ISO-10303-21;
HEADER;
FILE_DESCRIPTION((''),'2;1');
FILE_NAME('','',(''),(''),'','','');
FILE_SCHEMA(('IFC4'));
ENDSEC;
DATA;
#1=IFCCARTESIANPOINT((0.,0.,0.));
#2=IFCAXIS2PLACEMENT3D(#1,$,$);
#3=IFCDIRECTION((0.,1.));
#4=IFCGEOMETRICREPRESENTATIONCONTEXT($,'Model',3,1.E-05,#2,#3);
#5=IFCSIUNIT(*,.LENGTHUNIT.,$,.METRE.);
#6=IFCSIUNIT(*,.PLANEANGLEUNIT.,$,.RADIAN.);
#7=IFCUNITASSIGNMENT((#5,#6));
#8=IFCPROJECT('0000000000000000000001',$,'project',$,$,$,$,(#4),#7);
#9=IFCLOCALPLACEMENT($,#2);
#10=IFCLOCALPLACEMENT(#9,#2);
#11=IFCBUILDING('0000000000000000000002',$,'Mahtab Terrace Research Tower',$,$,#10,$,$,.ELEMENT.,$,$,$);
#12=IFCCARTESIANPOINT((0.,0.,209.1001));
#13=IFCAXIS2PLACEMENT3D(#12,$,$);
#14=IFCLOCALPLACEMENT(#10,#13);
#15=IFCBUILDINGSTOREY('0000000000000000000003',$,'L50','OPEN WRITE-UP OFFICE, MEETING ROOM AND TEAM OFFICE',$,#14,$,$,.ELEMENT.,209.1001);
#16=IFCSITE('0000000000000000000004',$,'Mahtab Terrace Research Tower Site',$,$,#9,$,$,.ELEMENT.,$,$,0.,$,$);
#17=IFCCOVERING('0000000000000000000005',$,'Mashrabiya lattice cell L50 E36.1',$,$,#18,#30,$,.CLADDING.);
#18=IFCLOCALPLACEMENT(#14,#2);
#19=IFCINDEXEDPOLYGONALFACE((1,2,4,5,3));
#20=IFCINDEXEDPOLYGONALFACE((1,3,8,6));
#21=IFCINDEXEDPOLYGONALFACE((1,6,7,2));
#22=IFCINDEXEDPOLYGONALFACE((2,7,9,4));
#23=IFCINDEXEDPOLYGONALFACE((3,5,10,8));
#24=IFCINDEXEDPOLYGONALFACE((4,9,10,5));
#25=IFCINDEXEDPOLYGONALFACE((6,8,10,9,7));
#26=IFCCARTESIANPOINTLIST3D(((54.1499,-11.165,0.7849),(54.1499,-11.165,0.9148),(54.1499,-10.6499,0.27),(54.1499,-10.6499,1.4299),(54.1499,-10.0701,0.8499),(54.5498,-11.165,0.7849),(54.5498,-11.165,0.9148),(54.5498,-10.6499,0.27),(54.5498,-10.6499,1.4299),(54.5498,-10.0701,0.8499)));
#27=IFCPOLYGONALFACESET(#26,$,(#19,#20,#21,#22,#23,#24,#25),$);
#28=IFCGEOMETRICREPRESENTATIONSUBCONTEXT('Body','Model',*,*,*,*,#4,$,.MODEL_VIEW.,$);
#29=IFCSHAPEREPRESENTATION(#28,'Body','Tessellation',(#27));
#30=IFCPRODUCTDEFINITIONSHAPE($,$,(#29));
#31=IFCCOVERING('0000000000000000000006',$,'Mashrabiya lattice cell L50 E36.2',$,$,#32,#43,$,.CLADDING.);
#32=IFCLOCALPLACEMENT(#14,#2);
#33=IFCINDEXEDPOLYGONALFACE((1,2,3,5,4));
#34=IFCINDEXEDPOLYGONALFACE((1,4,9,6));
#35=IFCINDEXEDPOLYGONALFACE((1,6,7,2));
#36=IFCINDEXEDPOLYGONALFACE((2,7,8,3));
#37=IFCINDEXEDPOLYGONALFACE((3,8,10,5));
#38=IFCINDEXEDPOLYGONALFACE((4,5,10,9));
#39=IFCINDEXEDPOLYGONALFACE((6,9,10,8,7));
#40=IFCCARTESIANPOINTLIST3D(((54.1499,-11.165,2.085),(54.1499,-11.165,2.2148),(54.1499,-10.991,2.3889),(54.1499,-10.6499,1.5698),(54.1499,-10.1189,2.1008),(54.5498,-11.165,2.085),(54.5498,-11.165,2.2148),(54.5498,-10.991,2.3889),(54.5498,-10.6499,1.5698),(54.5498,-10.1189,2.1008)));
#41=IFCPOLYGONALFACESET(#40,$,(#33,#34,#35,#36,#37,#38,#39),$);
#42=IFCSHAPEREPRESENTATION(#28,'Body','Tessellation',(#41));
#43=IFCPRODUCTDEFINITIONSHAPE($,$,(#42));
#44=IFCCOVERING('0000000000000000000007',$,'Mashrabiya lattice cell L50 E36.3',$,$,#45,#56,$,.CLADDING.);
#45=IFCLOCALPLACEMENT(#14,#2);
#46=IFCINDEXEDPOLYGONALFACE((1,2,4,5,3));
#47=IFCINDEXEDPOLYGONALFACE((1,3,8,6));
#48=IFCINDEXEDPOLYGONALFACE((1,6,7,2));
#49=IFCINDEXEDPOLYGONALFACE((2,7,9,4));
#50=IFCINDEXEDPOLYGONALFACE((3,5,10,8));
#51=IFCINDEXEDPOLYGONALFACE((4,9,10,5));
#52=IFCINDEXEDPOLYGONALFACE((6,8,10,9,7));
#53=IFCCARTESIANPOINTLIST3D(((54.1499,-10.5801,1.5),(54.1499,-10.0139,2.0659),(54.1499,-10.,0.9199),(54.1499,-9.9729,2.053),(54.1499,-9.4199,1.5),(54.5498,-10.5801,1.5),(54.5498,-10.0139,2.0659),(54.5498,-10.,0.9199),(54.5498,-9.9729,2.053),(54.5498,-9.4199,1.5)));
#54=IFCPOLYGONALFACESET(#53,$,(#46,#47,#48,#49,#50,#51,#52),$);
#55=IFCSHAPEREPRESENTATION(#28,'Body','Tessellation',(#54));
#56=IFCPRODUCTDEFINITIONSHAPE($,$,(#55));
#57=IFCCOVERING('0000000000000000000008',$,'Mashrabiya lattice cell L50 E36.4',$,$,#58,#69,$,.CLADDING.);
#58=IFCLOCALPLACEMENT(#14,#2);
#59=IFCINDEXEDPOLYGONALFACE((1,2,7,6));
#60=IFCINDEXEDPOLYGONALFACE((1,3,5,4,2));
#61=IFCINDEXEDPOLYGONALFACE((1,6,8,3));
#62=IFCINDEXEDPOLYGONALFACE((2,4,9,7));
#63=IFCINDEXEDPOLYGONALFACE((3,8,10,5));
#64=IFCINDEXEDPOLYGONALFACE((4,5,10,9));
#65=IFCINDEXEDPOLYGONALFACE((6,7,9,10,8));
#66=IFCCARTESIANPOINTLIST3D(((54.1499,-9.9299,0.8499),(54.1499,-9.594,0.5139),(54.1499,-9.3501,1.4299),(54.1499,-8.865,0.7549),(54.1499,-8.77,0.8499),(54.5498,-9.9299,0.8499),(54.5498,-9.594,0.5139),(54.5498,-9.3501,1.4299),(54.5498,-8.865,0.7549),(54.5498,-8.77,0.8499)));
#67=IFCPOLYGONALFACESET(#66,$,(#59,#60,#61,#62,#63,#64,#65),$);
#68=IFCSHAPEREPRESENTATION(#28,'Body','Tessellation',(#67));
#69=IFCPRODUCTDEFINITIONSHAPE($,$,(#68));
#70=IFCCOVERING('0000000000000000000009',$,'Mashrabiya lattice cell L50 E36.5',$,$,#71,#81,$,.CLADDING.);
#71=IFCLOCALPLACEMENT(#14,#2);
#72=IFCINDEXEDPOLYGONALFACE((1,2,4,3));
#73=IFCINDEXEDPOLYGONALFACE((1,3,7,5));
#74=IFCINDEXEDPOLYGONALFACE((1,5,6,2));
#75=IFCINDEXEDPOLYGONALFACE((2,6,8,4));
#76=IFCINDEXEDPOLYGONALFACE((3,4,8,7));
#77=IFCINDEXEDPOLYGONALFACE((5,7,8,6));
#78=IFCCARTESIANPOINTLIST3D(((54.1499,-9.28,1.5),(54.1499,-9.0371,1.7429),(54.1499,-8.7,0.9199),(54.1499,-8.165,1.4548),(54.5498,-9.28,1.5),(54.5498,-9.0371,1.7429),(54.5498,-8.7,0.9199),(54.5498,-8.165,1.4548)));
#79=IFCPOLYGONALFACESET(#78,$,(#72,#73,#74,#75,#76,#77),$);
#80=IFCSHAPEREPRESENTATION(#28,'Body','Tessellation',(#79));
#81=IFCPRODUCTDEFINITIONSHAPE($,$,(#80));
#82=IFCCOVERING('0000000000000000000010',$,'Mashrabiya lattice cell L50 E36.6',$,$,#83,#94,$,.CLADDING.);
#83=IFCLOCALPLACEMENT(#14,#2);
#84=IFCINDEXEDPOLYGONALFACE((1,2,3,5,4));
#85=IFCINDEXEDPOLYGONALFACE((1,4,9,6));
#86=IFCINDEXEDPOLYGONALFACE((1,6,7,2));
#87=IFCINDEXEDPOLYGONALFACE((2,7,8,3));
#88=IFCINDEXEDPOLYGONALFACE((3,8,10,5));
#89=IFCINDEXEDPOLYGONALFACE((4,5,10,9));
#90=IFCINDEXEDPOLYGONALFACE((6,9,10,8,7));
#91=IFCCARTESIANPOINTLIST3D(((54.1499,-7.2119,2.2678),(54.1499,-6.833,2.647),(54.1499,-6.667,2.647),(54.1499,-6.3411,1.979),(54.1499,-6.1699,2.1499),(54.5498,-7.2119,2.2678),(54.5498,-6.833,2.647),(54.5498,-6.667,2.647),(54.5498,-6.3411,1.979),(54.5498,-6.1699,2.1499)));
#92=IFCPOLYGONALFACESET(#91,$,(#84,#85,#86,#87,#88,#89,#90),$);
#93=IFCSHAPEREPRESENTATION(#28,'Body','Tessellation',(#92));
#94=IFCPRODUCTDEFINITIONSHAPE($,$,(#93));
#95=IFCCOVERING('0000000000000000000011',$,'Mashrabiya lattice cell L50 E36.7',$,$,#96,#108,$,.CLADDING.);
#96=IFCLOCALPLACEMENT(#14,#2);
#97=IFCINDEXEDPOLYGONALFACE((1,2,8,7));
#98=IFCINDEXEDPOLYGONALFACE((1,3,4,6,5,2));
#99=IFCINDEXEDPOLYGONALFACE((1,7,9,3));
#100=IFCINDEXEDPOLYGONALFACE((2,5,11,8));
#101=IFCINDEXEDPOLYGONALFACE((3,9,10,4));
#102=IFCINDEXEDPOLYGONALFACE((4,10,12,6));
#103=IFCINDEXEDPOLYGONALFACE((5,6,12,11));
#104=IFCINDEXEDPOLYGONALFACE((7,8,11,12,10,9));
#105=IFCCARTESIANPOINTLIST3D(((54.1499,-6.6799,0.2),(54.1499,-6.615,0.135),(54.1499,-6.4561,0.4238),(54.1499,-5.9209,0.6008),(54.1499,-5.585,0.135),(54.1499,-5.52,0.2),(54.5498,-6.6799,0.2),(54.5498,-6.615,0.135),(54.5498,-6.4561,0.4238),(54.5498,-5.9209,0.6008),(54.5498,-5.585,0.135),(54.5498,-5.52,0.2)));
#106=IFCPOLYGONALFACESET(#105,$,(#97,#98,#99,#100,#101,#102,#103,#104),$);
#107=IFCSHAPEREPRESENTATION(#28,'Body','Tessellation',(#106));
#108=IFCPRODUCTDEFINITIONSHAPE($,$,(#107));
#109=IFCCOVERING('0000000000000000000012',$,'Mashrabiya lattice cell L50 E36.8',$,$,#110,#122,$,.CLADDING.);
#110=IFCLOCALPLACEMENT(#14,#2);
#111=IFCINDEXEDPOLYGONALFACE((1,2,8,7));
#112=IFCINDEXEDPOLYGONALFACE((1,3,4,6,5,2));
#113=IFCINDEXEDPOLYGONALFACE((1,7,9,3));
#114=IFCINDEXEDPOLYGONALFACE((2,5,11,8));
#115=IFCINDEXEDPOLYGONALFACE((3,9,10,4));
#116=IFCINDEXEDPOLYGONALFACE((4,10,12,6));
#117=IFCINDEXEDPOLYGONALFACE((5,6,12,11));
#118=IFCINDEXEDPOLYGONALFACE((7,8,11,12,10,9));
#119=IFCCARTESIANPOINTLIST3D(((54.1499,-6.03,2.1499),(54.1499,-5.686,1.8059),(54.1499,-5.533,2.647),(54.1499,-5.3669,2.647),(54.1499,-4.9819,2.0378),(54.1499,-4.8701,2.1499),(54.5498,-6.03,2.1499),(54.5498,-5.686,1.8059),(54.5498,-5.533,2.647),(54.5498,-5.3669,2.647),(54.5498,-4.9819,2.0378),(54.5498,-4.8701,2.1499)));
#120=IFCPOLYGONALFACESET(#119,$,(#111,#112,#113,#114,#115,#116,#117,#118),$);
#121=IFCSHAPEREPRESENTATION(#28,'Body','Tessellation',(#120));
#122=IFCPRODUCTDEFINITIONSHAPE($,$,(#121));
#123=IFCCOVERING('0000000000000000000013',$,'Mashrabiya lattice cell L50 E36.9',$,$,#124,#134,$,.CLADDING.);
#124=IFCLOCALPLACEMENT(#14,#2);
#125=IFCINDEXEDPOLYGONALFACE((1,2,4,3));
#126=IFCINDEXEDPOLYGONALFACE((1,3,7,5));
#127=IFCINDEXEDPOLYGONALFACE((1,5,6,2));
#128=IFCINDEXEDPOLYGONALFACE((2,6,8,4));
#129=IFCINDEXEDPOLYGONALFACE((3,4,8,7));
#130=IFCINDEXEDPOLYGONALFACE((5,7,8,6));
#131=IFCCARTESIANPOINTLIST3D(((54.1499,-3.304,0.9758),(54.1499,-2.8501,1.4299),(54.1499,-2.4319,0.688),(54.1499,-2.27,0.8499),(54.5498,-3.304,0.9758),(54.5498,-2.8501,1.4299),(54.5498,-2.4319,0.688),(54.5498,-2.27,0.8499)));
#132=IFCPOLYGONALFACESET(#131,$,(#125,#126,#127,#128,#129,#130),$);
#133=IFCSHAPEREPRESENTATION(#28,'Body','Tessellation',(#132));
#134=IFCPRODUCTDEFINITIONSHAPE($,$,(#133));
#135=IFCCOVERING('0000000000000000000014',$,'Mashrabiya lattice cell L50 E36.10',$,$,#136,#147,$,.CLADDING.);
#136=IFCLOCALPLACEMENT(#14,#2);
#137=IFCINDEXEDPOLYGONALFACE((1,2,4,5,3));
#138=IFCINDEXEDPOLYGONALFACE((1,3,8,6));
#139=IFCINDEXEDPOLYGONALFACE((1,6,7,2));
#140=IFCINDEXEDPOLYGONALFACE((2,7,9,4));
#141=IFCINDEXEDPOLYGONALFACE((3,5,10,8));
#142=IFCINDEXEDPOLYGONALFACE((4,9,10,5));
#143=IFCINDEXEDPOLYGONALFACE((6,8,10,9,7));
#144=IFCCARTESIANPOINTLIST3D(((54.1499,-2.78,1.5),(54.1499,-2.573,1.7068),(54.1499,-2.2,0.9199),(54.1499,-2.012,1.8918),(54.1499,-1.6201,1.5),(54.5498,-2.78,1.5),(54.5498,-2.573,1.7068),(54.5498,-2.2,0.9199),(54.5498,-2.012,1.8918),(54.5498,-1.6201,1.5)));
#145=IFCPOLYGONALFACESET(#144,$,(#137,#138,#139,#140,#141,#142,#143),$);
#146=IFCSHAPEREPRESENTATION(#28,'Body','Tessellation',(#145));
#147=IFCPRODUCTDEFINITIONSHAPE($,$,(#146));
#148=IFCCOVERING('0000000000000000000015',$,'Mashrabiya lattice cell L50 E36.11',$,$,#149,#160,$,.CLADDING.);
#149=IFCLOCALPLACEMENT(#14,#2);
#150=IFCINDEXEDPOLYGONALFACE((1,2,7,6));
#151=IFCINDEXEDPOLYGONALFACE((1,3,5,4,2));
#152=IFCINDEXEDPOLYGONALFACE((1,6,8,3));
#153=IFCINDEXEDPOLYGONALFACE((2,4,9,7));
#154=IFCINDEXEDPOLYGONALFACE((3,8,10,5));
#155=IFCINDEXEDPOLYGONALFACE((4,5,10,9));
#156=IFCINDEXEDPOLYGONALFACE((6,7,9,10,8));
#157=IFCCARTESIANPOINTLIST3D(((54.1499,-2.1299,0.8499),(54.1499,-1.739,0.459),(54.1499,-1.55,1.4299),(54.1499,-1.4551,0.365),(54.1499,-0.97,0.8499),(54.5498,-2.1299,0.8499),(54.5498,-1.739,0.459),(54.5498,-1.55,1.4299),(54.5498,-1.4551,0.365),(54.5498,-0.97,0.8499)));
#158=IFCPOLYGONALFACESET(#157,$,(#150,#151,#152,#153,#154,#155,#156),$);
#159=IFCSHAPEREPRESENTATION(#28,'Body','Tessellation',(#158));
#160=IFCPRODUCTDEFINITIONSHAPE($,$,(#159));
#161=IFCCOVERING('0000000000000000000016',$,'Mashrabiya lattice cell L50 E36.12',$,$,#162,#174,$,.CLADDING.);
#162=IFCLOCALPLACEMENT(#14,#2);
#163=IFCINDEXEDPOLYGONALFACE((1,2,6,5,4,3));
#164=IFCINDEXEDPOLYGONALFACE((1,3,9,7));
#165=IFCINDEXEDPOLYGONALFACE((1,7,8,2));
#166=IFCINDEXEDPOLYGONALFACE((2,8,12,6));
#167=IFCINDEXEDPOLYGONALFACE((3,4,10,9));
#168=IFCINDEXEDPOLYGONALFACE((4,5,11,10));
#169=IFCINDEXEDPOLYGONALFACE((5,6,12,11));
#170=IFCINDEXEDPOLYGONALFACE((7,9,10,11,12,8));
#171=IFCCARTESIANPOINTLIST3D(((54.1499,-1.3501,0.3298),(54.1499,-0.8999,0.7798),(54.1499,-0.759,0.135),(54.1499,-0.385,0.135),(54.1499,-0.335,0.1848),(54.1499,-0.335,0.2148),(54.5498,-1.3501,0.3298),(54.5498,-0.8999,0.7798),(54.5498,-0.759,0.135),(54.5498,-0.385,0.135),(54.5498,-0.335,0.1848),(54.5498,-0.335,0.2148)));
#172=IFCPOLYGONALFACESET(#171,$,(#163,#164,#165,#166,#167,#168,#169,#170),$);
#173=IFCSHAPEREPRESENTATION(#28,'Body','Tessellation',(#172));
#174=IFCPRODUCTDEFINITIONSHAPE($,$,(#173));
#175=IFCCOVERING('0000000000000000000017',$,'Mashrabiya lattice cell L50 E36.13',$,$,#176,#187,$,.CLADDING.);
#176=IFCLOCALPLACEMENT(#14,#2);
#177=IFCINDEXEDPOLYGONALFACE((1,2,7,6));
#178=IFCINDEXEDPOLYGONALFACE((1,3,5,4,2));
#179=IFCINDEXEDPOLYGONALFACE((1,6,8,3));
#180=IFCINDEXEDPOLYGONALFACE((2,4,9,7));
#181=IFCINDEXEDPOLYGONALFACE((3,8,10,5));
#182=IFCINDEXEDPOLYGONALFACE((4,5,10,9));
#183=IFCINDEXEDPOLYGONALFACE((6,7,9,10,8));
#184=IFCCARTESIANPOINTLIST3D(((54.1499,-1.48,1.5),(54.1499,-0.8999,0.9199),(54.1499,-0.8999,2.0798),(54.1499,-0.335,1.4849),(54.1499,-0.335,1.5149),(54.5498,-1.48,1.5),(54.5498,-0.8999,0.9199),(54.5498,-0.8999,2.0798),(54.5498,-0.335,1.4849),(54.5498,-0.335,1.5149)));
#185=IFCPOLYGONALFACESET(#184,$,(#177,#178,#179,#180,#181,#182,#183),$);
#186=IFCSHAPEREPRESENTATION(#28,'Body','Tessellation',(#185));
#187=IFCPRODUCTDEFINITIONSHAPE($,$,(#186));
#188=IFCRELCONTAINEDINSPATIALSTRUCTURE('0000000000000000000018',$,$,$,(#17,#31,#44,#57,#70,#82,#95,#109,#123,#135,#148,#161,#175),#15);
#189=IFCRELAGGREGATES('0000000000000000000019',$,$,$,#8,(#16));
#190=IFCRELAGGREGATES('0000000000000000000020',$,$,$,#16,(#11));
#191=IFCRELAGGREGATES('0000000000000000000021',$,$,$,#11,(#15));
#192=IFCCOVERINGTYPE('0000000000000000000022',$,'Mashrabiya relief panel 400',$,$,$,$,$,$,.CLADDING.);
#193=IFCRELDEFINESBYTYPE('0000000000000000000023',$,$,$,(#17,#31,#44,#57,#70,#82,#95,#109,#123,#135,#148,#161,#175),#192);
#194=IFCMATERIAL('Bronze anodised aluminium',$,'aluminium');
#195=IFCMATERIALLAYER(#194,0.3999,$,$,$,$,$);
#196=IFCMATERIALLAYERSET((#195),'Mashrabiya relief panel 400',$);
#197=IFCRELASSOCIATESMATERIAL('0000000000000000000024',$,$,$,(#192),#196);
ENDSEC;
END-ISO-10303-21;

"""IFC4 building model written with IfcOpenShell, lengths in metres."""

from ifc_helpers import new_model, si_unit, direction, frame, origin, place, context, subcontext, project, spatial, polyline, outline, extrude, material, layer, layer_set, type_object, element, save


model = new_model("IFC4")

# Units and contexts
model_context = context("Model", 3, precision=1e-05, world=origin(), true_north=direction((0.0, 1.0)))
body_context = subcontext(model_context, "Body", "Model", "MODEL_VIEW")
ifc_project = project(units=[si_unit("LENGTHUNIT", "METRE"), si_unit("PLANEANGLEUNIT", "RADIAN")], contexts=[model_context])

# Site, building, storey
site_placement = place(None, origin())
site = spatial("IfcSite", under=ifc_project, at=site_placement, Name="Mahtab Terrace Research Tower Site", CompositionType="ELEMENT", RefElevation=0.0)
building_placement = place(site_placement, origin())
building = spatial("IfcBuilding", under=site, at=building_placement, Name="Mahtab Terrace Research Tower", CompositionType="ELEMENT")
storey_placement = place(building_placement, frame((0.0, 0.0, 209.1001)))
storey = spatial("IfcBuildingStorey", under=building, at=storey_placement, Name="L50", Description="OPEN WRITE-UP OFFICE, MEETING ROOM AND TEAM OFFICE", CompositionType="ELEMENT", Elevation=209.1001)

# Coverings
ifc_material_1 = material(Name="Bronze anodised aluminium", Category="aluminium")
ifc_layer_1 = layer(ifc_material_1, 0.3999)
ifc_layer_set_1 = layer_set([ifc_layer_1], Name="Mashrabiya relief panel 400")
covering_type_1 = type_object("IfcCoveringType", Name="Mashrabiya relief panel 400", PredefinedType="CLADDING", material=ifc_layer_set_1)
covering_1_placement = place(storey_placement, frame((54.1499, -10.6499, 1.4299), z_axis=(-1.0, 0.0, 0.0), x_axis=(0.0, 0.706958, -0.707256)))
element("IfcCovering", 1, at=covering_1_placement, inside=storey, type_object=covering_type_1, Name="Mashrabiya lattice cell L50 E36.1", PredefinedType="CLADDING", context=body_context, shape_type="SweptSolid", body=[
    extrude(outline(polyline([(0.0, 0.0), (0.8202, 0.0), (0.8204, 0.82), (0.092, 0.8203), (0.0002, 0.7285), (0.0, 0.0)])), origin(), (0.0, 0.0, -1.0), 0.3999),
])
covering_2_placement = place(storey_placement, frame((54.1499, -10.6499, 1.5698), z_axis=(-1.0, 0.0, 0.0), x_axis=(0.0, -0.707107, 0.707107)))
element("IfcCovering", 2, at=covering_2_placement, inside=storey, type_object=covering_type_1, Name="Mashrabiya lattice cell L50 E36.2", PredefinedType="CLADDING", context=body_context, shape_type="SweptSolid", body=[
    extrude(outline(polyline([(0.0, 0.0), (0.7285, 0.0), (0.8204, 0.0918), (0.8204, 0.338), (0.0, 0.751), (0.0, 0.0)])), origin(), (0.0, 0.0, -1.0), 0.3999),
])
covering_3_placement = place(storey_placement, frame((54.1499, -9.4199, 1.5), z_axis=(-1.0, 0.0, 0.0), x_axis=(0.0, -0.707107, -0.707107)))
element("IfcCovering", 3, at=covering_3_placement, inside=storey, type_object=covering_type_1, Name="Mashrabiya lattice cell L50 E36.3", PredefinedType="CLADDING", context=body_context, shape_type="SweptSolid", body=[
    extrude(outline(polyline([(0.0, 0.0), (0.8204, 0.0), (0.8204, 0.8204), (0.0199, 0.8202), (0.0, 0.782), (0.0, 0.0)])), origin(), (0.0, 0.0, -1.0), 0.3999),
])
covering_4_placement = place(storey_placement, frame((54.1499, -9.9299, 0.8499), z_axis=(-1.0, 0.0, 0.0), x_axis=(0.0, 0.706958, 0.707256)))
element("IfcCovering", 4, at=covering_4_placement, inside=storey, type_object=covering_type_1, Name="Mashrabiya lattice cell L50 E36.4", PredefinedType="CLADDING", context=body_context, shape_type="SweptSolid", body=[
    extrude(outline(polyline([(0.0, 0.0), (0.8202, 0.0), (0.82, 0.8204), (0.6857, 0.8203), (-0.0001, 0.4751), (0.0, 0.0)])), origin(), (0.0, 0.0, -1.0), 0.3999),
])
covering_5_placement = place(storey_placement, frame((54.1499, -8.7, 0.9199), z_axis=(-1.0, 0.0, 0.0), x_axis=(0.0, -0.707107, 0.707107)))
element("IfcCovering", 5, at=covering_5_placement, inside=storey, type_object=covering_type_1, Name="Mashrabiya lattice cell L50 E36.5", PredefinedType="CLADDING", context=body_context, shape_type="SweptSolid", body=[
    extrude(outline(polyline([(0.0, 0.0), (0.8204, 0.0), (0.8204, 0.3435), (0.0, 0.7565), (0.0, 0.0)])), origin(), (0.0, 0.0, -1.0), 0.3999),
])
covering_6_placement = place(storey_placement, frame((54.1499, -6.1699, 2.1499), z_axis=(-1.0, 0.0, 0.0), x_axis=(0.0, -0.707611, -0.706602)))
element("IfcCovering", 6, at=covering_6_placement, inside=storey, type_object=covering_type_1, Name="Mashrabiya lattice cell L50 E36.6", PredefinedType="CLADDING", context=body_context, shape_type="SweptSolid", body=[
    extrude(outline(polyline([(0.0, 0.0), (0.2419, 0.0), (0.654, 0.8197), (0.118, 0.8203), (0.0005, 0.703), (0.0, 0.0)])), origin(), (0.0, 0.0, -1.0), 0.3999),
])
covering_7_placement = place(storey_placement, frame((54.1499, -6.6799, 0.2), z_axis=(-1.0, 0.0, 0.0), x_axis=(0.0, 0.707107, 0.707107)))
element("IfcCovering", 7, at=covering_7_placement, inside=storey, type_object=covering_type_1, Name="Mashrabiya lattice cell L50 E36.7", PredefinedType="CLADDING", context=body_context, shape_type="SweptSolid", body=[
    extrude(outline(polyline([(0.0, 0.0), (0.3166, 0.0), (0.8202, 0.2533), (0.8202, 0.8202), (0.7283, 0.8202), (0.0, 0.0918), (0.0, 0.0)])), origin(), (0.0, 0.0, -1.0), 0.3999),
])
covering_8_placement = place(storey_placement, frame((54.1499, -6.03, 2.1499), z_axis=(-1.0, 0.0, 0.0), x_axis=(0.0, 0.707107, 0.707107)))
element("IfcCovering", 8, at=covering_8_placement, inside=storey, type_object=covering_type_1, Name="Mashrabiya lattice cell L50 E36.8", PredefinedType="CLADDING", context=body_context, shape_type="SweptSolid", body=[
    extrude(outline(polyline([(0.0, 0.0), (0.703, 0.0), (0.8204, 0.1174), (0.8202, 0.8202), (0.6619, 0.8204), (0.0, 0.4865), (0.0, 0.0)])), origin(), (0.0, 0.0, -1.0), 0.3999),
])
covering_9_placement = place(storey_placement, frame((54.1499, -2.8501, 1.4299), z_axis=(-1.0, 0.0, 0.0), x_axis=(0.0, 0.707107, -0.707107)))
element("IfcCovering", 9, at=covering_9_placement, inside=storey, type_object=covering_type_1, Name="Mashrabiya lattice cell L50 E36.9", PredefinedType="CLADDING", context=body_context, shape_type="SweptSolid", body=[
    extrude(outline(polyline([(0.0, 0.0), (0.8204, 0.0), (0.8204, 0.2289), (0.0002, 0.642), (0.0, 0.0)])), origin(), (0.0, 0.0, -1.0), 0.3999),
])
covering_10_placement = place(storey_placement, frame((54.1499, -1.6201, 1.5), z_axis=(-1.0, 0.0, 0.0), x_axis=(0.0, -0.706958, -0.707256)))
element("IfcCovering", 10, at=covering_10_placement, inside=storey, type_object=covering_type_1, Name="Mashrabiya lattice cell L50 E36.10", PredefinedType="CLADDING", context=body_context, shape_type="SweptSolid", body=[
    extrude(outline(polyline([(0.0, 0.0), (0.8202, 0.0), (0.82, 0.8204), (0.5274, 0.8201), (-0.0001, 0.5542), (0.0, 0.0)])), origin(), (0.0, 0.0, -1.0), 0.3999),
])
covering_11_placement = place(storey_placement, frame((54.1499, -2.1299, 0.8499), z_axis=(-1.0, 0.0, 0.0), x_axis=(0.0, 0.706958, 0.707256)))
element("IfcCovering", 11, at=covering_11_placement, inside=storey, type_object=covering_type_1, Name="Mashrabiya lattice cell L50 E36.11", PredefinedType="CLADDING", context=body_context, shape_type="SweptSolid", body=[
    extrude(outline(polyline([(0.0, 0.0), (0.8202, 0.0), (0.82, 0.8204), (0.1341, 0.82), (-0.0001, 0.5528), (0.0, 0.0)])), origin(), (0.0, 0.0, -1.0), 0.3999),
])
covering_12_placement = place(storey_placement, frame((54.1499, -0.385, 0.135), z_axis=(-1.0, 0.0, 0.0), x_axis=(0.0, -1.0, 0.0)))
element("IfcCovering", 12, at=covering_12_placement, inside=storey, type_object=covering_type_1, Name="Mashrabiya lattice cell L50 E36.12", PredefinedType="CLADDING", context=body_context, shape_type="SweptSolid", body=[
    extrude(outline(polyline([(0.0, 0.0), (0.374, 0.0), (0.9651, 0.1948), (0.5149, 0.6448), (-0.05, 0.0798), (-0.05, 0.0498), (0.0, 0.0)])), origin(), (0.0, 0.0, -1.0), 0.3999),
])
covering_13_placement = place(storey_placement, frame((54.1499, -0.8999, 0.9199), z_axis=(-1.0, 0.0, 0.0), x_axis=(0.0, -0.707107, 0.707107)))
element("IfcCovering", 13, at=covering_13_placement, inside=storey, type_object=covering_type_1, Name="Mashrabiya lattice cell L50 E36.13", PredefinedType="CLADDING", context=body_context, shape_type="SweptSolid", body=[
    extrude(outline(polyline([(0.0, 0.0), (0.8204, 0.0), (0.8202, 0.8202), (0.0212, 0.8202), (0.0, 0.7989), (0.0, 0.0)])), origin(), (0.0, 0.0, -1.0), 0.3999),
])

save(model, "model.ifc")
